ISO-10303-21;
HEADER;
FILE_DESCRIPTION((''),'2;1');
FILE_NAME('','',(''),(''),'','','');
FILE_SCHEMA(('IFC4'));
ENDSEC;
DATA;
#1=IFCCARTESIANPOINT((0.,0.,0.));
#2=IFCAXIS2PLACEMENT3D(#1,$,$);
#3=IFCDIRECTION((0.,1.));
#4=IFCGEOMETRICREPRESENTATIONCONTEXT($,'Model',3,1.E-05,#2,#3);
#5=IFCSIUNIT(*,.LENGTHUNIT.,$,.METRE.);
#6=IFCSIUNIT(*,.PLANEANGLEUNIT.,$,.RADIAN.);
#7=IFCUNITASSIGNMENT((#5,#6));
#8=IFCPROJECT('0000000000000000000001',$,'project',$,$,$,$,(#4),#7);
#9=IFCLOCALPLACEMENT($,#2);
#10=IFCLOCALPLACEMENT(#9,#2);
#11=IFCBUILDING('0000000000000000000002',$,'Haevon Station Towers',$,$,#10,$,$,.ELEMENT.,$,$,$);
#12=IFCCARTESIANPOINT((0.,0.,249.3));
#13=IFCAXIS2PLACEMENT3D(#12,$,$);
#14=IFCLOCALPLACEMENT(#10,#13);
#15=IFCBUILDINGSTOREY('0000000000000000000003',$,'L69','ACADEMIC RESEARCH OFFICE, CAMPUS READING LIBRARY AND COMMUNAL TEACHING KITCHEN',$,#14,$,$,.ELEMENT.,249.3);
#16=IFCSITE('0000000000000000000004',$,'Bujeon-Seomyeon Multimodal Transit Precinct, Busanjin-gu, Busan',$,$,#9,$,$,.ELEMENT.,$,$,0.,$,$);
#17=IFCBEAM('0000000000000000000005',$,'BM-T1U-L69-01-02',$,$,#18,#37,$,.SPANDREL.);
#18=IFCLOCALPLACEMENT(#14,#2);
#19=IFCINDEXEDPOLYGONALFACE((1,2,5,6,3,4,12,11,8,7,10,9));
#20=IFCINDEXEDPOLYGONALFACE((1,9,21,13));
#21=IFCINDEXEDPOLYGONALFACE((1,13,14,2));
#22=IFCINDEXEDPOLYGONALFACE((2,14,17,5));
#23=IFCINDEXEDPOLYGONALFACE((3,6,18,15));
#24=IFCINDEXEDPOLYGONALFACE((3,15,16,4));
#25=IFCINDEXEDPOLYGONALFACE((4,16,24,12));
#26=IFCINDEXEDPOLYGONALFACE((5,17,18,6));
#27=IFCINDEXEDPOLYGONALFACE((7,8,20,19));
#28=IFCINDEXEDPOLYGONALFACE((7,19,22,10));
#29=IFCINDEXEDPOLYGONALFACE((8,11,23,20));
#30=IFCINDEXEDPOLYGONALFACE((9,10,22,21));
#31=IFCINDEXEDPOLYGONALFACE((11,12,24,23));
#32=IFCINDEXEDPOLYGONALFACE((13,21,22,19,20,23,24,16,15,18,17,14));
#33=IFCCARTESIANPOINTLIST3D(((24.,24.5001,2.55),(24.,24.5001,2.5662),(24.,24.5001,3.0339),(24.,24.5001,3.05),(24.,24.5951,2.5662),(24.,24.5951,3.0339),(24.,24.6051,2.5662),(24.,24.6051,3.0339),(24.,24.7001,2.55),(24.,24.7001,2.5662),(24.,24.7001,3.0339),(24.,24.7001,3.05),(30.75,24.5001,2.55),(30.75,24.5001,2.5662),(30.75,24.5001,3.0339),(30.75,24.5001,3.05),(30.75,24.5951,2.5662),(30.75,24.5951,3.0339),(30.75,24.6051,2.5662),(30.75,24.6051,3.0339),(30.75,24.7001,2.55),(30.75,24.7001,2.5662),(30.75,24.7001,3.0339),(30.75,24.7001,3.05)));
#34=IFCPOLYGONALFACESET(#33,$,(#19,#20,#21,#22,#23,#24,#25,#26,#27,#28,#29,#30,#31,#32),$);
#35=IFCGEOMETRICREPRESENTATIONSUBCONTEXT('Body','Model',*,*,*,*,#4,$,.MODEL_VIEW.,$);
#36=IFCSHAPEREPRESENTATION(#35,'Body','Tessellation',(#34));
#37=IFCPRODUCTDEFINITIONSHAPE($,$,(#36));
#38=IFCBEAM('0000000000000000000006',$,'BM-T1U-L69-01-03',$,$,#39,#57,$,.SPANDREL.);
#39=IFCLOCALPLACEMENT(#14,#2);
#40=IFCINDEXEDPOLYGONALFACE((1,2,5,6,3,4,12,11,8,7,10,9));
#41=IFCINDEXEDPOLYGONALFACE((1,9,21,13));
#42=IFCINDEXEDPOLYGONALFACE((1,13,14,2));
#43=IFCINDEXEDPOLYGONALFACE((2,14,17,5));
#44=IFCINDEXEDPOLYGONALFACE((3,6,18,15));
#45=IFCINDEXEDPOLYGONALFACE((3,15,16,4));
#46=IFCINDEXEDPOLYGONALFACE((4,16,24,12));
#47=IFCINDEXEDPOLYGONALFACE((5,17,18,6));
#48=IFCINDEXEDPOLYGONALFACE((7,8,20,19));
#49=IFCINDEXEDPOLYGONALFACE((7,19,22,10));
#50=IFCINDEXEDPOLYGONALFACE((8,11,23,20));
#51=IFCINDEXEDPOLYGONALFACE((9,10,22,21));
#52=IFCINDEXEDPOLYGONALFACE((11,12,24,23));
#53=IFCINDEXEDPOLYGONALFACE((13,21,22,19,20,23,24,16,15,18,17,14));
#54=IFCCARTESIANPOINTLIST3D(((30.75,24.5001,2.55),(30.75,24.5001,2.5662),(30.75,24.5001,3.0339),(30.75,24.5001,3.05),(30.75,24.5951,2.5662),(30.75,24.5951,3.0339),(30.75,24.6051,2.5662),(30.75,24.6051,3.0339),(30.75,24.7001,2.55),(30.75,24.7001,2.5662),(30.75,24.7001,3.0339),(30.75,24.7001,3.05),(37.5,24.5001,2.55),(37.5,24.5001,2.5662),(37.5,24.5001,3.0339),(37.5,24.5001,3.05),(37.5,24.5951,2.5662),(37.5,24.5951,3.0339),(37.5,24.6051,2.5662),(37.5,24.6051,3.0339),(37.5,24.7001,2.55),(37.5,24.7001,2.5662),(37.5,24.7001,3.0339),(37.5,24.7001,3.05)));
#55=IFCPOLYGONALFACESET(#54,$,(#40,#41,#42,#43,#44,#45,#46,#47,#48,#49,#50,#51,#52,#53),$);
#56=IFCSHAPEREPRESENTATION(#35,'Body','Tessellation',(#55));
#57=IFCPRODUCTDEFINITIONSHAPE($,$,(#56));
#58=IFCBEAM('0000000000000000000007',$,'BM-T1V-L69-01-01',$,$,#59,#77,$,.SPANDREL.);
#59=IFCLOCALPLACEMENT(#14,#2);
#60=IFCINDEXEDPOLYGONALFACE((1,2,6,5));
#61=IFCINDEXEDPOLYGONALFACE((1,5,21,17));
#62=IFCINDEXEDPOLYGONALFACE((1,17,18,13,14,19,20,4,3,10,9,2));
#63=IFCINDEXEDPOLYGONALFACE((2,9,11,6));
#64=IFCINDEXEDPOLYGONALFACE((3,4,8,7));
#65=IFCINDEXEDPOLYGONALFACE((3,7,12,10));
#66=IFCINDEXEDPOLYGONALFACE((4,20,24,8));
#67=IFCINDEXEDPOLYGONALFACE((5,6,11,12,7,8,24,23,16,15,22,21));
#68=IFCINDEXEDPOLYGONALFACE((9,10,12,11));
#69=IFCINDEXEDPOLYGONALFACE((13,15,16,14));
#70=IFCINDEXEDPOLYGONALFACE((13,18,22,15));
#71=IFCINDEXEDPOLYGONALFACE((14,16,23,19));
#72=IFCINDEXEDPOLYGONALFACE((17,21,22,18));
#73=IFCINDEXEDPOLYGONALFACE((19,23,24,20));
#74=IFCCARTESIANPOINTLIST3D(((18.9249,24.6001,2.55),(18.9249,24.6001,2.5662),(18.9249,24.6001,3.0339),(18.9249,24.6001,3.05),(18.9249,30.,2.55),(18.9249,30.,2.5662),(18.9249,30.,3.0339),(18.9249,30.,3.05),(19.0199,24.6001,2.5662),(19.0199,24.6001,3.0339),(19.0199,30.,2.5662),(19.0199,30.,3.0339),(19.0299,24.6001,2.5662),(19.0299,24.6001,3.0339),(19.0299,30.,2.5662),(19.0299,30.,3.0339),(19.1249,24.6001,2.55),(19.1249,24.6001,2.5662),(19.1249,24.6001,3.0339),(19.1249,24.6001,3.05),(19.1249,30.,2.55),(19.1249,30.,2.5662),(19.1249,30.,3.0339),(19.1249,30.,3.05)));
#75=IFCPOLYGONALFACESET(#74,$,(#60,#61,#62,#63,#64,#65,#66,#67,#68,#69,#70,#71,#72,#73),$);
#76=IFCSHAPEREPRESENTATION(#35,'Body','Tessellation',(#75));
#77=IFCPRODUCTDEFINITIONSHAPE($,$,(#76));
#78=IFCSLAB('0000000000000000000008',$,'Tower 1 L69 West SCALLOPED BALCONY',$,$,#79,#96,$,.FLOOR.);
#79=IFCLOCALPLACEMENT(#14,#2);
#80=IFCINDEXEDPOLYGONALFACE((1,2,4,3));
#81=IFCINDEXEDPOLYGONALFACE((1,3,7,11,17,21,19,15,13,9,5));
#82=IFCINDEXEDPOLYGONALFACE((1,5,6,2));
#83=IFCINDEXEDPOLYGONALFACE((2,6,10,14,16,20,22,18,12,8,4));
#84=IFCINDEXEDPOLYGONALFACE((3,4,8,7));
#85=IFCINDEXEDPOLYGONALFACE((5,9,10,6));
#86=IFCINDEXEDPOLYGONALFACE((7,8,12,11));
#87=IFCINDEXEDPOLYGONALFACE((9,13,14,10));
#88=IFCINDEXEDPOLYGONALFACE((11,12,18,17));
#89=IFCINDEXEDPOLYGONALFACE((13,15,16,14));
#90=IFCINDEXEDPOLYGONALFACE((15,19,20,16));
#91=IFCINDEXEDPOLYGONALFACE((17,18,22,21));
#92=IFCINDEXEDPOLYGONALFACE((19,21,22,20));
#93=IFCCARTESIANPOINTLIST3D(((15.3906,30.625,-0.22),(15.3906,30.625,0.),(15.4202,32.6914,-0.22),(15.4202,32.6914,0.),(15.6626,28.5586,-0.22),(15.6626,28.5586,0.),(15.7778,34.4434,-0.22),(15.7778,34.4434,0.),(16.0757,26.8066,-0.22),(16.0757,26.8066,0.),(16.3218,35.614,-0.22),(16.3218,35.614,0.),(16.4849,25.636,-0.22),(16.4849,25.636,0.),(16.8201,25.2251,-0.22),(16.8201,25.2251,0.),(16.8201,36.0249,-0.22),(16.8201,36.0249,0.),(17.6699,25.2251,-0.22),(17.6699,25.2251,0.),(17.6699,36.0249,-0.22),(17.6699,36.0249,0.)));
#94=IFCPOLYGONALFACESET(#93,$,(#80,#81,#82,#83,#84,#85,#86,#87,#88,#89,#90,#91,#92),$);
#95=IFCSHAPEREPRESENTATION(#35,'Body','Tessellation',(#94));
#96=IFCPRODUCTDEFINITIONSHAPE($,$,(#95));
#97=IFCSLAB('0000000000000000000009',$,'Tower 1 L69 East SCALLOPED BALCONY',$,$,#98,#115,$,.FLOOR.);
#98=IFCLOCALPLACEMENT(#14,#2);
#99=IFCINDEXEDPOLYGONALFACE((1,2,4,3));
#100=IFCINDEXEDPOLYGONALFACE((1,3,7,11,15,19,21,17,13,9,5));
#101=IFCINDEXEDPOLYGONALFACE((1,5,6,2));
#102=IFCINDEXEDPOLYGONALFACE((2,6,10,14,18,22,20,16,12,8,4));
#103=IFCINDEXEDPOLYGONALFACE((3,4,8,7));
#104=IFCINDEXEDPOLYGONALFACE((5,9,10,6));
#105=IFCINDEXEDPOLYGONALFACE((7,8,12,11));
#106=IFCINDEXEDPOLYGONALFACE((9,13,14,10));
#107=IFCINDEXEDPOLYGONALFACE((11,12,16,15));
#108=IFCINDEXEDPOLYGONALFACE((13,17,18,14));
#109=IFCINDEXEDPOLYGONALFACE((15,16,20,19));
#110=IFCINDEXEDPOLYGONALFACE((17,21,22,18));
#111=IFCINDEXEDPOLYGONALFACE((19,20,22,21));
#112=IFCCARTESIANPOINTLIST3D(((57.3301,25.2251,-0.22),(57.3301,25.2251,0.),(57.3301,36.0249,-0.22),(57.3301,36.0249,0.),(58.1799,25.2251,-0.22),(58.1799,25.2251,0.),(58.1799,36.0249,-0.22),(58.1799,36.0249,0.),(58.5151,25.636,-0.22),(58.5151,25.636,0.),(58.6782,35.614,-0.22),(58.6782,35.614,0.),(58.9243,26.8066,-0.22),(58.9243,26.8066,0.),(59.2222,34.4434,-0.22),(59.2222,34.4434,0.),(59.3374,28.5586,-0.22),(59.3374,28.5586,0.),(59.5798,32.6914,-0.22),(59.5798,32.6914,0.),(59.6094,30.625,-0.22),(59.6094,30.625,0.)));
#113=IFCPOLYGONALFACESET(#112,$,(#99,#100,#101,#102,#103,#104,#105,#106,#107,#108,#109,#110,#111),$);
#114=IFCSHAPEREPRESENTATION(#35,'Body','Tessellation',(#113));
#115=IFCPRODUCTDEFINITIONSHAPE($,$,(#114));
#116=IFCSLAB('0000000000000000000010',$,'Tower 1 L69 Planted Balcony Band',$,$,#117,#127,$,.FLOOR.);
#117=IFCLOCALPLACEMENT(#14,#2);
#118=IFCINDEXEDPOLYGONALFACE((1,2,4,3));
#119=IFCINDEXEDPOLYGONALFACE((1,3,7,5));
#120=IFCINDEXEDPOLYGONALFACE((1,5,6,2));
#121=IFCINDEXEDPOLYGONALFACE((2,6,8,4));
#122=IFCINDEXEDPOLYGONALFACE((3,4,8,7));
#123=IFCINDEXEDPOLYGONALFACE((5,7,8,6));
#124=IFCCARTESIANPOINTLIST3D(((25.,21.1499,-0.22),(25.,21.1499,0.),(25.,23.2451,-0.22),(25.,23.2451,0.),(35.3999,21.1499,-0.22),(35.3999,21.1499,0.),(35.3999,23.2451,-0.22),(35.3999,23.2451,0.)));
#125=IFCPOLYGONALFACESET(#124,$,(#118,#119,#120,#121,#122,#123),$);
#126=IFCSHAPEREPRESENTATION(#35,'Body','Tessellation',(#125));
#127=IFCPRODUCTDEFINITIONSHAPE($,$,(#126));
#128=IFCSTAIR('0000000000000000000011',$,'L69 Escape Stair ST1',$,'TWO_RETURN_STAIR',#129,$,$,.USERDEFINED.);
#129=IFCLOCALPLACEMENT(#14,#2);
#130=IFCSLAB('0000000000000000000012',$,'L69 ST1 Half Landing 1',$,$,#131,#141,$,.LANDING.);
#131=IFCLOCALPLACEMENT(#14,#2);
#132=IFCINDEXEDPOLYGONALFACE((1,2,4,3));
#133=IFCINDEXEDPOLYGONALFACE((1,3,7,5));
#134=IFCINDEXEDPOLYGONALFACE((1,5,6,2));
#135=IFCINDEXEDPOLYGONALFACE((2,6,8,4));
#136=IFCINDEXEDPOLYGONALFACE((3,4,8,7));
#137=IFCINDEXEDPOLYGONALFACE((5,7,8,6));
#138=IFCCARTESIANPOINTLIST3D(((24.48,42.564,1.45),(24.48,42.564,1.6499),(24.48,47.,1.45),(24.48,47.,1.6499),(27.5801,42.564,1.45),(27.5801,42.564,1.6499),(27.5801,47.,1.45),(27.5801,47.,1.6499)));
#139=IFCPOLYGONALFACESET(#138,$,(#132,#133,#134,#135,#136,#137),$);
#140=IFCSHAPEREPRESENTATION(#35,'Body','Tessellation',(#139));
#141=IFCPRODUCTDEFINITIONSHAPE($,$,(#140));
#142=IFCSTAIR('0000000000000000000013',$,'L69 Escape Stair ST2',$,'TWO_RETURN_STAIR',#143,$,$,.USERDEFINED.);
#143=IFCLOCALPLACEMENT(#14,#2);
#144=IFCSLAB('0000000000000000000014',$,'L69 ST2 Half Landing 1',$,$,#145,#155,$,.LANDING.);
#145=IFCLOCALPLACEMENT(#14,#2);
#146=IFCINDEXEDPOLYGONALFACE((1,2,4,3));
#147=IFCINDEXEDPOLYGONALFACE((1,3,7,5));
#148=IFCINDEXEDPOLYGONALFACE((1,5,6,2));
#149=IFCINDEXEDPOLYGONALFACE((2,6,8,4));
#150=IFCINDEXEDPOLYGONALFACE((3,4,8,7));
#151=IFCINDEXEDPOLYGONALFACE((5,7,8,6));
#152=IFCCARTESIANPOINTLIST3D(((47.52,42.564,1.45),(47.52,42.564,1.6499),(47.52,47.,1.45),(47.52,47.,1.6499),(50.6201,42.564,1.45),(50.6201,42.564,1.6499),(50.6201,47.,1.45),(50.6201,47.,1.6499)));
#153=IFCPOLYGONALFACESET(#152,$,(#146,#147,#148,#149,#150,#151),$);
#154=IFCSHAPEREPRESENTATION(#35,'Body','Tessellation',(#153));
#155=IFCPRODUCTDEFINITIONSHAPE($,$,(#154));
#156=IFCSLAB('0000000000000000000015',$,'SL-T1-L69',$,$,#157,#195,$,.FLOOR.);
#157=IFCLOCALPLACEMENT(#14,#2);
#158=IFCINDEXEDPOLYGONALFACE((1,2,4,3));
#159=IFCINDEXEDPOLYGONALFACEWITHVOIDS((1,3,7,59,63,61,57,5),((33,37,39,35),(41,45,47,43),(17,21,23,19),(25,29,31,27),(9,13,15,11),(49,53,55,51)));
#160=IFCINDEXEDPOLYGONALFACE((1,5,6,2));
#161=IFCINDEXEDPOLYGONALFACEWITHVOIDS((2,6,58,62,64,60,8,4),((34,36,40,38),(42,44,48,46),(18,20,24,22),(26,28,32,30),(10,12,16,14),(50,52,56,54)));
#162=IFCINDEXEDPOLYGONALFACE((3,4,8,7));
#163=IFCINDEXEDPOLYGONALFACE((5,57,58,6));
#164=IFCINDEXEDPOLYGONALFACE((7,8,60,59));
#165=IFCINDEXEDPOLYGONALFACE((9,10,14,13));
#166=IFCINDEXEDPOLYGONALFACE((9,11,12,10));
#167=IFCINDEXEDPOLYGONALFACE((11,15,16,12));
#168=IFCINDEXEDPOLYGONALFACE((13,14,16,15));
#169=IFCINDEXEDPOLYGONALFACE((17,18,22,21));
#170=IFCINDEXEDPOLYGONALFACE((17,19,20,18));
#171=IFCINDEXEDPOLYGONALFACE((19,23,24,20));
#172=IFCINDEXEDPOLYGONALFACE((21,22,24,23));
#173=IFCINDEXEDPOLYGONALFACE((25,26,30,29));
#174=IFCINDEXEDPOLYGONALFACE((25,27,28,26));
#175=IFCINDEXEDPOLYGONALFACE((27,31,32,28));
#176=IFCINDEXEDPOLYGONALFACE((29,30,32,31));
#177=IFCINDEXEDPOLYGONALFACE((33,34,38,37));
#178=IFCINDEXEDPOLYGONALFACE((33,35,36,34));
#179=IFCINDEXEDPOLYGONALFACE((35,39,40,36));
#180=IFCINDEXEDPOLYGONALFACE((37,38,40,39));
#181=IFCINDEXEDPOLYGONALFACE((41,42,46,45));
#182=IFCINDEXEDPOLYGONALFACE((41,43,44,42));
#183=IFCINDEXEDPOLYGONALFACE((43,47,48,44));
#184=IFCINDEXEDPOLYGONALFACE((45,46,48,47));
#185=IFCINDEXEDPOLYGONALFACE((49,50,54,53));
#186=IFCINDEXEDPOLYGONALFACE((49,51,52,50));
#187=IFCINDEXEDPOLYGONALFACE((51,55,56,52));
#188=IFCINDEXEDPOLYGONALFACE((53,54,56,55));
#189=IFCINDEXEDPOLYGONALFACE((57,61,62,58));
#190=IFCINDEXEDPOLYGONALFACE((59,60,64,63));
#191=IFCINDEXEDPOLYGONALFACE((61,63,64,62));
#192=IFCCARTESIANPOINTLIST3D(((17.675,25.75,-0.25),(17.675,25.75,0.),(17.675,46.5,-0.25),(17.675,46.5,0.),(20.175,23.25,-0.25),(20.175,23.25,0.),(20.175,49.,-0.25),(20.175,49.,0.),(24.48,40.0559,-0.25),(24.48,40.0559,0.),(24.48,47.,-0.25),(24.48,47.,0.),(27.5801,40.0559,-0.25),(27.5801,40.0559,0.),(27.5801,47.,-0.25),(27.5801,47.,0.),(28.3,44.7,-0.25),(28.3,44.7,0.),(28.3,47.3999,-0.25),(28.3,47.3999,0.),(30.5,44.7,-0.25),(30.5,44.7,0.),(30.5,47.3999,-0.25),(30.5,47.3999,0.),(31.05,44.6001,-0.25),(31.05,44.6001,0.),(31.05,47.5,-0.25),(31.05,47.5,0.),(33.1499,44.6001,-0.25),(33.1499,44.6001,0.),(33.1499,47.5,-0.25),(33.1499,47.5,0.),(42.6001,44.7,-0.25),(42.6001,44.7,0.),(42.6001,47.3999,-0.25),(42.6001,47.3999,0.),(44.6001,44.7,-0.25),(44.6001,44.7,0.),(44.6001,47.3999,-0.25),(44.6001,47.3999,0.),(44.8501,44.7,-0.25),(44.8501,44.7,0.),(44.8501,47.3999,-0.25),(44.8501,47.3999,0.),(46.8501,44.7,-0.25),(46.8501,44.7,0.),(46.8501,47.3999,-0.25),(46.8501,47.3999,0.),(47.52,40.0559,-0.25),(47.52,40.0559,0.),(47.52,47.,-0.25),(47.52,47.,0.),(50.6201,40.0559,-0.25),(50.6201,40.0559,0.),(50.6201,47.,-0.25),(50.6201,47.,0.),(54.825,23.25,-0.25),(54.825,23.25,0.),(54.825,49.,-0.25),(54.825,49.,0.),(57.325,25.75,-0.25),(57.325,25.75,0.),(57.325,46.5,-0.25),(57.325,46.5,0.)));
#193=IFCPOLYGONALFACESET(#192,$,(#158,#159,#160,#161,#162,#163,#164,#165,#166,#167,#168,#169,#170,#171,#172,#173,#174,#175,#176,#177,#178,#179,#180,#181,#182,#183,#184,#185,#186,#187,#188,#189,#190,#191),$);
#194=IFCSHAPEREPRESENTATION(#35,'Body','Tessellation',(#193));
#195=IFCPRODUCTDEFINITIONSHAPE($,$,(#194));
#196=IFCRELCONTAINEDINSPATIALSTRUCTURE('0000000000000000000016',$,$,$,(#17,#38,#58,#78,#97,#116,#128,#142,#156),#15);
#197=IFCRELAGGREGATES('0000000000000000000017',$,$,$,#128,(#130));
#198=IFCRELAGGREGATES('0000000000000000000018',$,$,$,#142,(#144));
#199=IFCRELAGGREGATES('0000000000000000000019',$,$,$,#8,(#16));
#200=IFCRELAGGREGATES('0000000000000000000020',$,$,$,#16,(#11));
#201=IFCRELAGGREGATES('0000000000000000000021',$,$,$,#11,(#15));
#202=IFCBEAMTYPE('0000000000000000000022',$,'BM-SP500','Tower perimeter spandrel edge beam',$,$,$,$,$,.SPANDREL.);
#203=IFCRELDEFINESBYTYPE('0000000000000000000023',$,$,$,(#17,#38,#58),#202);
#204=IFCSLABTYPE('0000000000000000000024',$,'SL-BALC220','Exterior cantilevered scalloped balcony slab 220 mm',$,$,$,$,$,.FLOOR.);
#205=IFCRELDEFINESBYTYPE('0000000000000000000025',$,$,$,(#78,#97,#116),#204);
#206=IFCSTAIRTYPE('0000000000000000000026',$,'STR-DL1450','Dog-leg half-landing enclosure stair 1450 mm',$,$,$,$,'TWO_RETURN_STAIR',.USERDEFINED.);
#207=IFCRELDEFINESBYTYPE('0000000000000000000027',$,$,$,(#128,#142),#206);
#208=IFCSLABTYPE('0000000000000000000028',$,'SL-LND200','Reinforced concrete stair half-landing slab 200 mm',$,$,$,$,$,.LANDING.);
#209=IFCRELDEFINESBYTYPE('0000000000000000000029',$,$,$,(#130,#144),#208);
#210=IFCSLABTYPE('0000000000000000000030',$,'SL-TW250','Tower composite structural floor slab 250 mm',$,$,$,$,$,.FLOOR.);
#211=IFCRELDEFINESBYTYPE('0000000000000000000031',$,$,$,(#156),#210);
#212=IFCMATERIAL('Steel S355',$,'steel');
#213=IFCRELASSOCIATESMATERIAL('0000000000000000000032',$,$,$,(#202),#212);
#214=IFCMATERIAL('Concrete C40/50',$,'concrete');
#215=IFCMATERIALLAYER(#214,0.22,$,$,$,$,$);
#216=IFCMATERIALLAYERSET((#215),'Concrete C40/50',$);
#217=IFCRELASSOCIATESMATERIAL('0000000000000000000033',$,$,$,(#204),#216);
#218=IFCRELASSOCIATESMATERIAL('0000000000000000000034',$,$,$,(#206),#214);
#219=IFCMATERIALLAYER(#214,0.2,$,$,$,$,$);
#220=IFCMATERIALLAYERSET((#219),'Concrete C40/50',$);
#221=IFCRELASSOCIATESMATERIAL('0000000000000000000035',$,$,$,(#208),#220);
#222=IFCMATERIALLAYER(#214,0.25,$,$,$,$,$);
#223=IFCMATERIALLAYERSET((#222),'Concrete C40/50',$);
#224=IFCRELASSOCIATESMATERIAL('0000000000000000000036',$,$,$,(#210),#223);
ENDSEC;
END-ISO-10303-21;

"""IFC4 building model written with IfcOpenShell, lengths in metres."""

from ifc_helpers import new_model, si_unit, direction, frame, origin, origin_2d, place, context, subcontext, project, spatial, polyline, i_section, outline, extrude, material, layer, layer_set, material_profile, profile_set, type_object, element, aggregate, save


model = new_model("IFC4")

# Units and contexts
model_context = context("Model", 3, precision=1e-05, world=origin(), true_north=direction((0.0, 1.0)))
body_context = subcontext(model_context, "Body", "Model", "MODEL_VIEW")
ifc_project = project(units=[si_unit("LENGTHUNIT", "METRE"), si_unit("PLANEANGLEUNIT", "RADIAN")], contexts=[model_context])

# Site, building, storey
site_placement = place(None, origin())
site = spatial("IfcSite", under=ifc_project, at=site_placement, Name="Bujeon-Seomyeon Multimodal Transit Precinct, Busanjin-gu, Busan", CompositionType="ELEMENT", RefElevation=0.0)
building_placement = place(site_placement, origin())
building = spatial("IfcBuilding", under=site, at=building_placement, Name="Haevon Station Towers", CompositionType="ELEMENT")
storey_placement = place(building_placement, frame((0.0, 0.0, 249.3)))
storey = spatial("IfcBuildingStorey", under=building, at=storey_placement, Name="L69", Description="ACADEMIC RESEARCH OFFICE, CAMPUS READING LIBRARY AND COMMUNAL TEACHING KITCHEN", CompositionType="ELEMENT", Elevation=249.3)

# Shared definitions
ifc_material_1 = material(Name="Steel S355", Category="steel")

# Beams
ifc_material_profile_1 = material_profile(ifc_material_1, i_section(OverallWidth=0.2, OverallDepth=0.5, WebThickness=0.01, FlangeThickness=0.0161, at=origin_2d()), Name="H-500x200x10x16")
ifc_profile_set_1 = profile_set([ifc_material_profile_1], Name="Steel S355")
beam_type_1 = type_object("IfcBeamType", Name="BM-SP500", Description="Tower perimeter spandrel edge beam", PredefinedType="SPANDREL", material=ifc_profile_set_1)
for number, where, z_axis, x_axis, name in (
    (1, (24.0, 24.6001, 2.8), (1.0, 0.0, 0.0), (0.0, 1.0, 0.0), "BM-T1U-L69-01-02"),
    (2, (30.75, 24.6001, 2.8), (1.0, 0.0, 0.0), (0.0, 1.0, 0.0), "BM-T1U-L69-01-03"),
):
    element("IfcBeam", number, at=place(storey_placement, frame(where, z_axis=z_axis, x_axis=x_axis)), inside=storey, type_object=beam_type_1, Name=name, PredefinedType="SPANDREL", context=body_context, shape_type="SweptSolid", body=[
        extrude(i_section(OverallWidth=0.2, OverallDepth=0.5, WebThickness=0.01, FlangeThickness=0.0161, at=origin_2d()), origin(), (0.0, 0.0, 1.0), 6.75),
    ])
beam_1_placement = place(storey_placement, frame((19.0249, 24.6001, 2.8), z_axis=(0.0, 1.0, 0.0), x_axis=(-1.0, 0.0, 0.0)))
element("IfcBeam", 3, at=beam_1_placement, inside=storey, type_object=beam_type_1, Name="BM-T1V-L69-01-01", PredefinedType="SPANDREL", context=body_context, shape_type="SweptSolid", body=[
    extrude(i_section(OverallWidth=0.2, OverallDepth=0.5, WebThickness=0.01, FlangeThickness=0.0161, at=origin_2d()), origin(), (0.0, 0.0, 1.0), 5.3999),
])

# Slabs
ifc_material_2 = material(Name="Concrete C40/50", Category="concrete")
ifc_layer_1 = layer(ifc_material_2, 0.22)
ifc_layer_set_1 = layer_set([ifc_layer_1], Name="Concrete C40/50")
slab_type_1 = type_object("IfcSlabType", Name="SL-BALC220", Description="Exterior cantilevered scalloped balcony slab 220 mm", PredefinedType="FLOOR", material=ifc_layer_set_1)
slab_1_placement = place(storey_placement, frame((0.0, 0.0, -0.22)))
element("IfcSlab", 4, at=slab_1_placement, inside=storey, type_object=slab_type_1, Name="Tower 1 L69 West SCALLOPED BALCONY", PredefinedType="FLOOR", context=body_context, shape_type="SweptSolid", body=[
    extrude(outline(polyline([(17.6699, 36.0249), (16.8201, 36.0249), (16.3218, 35.614), (15.7778, 34.4434), (15.4202, 32.6914), (15.3906, 30.625), (15.6626, 28.5586), (16.0757, 26.8066), (16.4849, 25.636), (16.8201, 25.2251), (17.6699, 25.2251), (17.6699, 36.0249)])), origin(), (0.0, 0.0, 1.0), 0.22),
])
slab_2_placement = place(storey_placement, frame((0.0, 0.0, -0.22)))
element("IfcSlab", 5, at=slab_2_placement, inside=storey, type_object=slab_type_1, Name="Tower 1 L69 East SCALLOPED BALCONY", PredefinedType="FLOOR", context=body_context, shape_type="SweptSolid", body=[
    extrude(outline(polyline([(57.3301, 25.2251), (58.1799, 25.2251), (58.5151, 25.636), (58.9243, 26.8066), (59.3374, 28.5586), (59.6094, 30.625), (59.5798, 32.6914), (59.2222, 34.4434), (58.6782, 35.614), (58.1799, 36.0249), (57.3301, 36.0249), (57.3301, 25.2251)])), origin(), (0.0, 0.0, 1.0), 0.22),
])
slab_3_placement = place(storey_placement, frame((0.0, 0.0, -0.22)))
element("IfcSlab", 6, at=slab_3_placement, inside=storey, type_object=slab_type_1, Name="Tower 1 L69 Planted Balcony Band", PredefinedType="FLOOR", context=body_context, shape_type="SweptSolid", body=[
    extrude(outline(polyline([(25.0, 21.1499), (35.3999, 21.1499), (35.3999, 23.2451), (25.0, 23.2451), (25.0, 21.1499)])), origin(), (0.0, 0.0, 1.0), 0.22),
])

# Stairs, slabs
stair_type = type_object("IfcStairType", Name="STR-DL1450", Description="Dog-leg half-landing enclosure stair 1450 mm", ElementType="TWO_RETURN_STAIR", PredefinedType="USERDEFINED", material=ifc_material_2)
stair_1_placement = place(storey_placement, origin())
stair_1 = element("IfcStair", 7, at=stair_1_placement, inside=storey, type_object=stair_type, Name="L69 Escape Stair ST1", ObjectType="TWO_RETURN_STAIR", PredefinedType="USERDEFINED")
ifc_layer_2 = layer(ifc_material_2, 0.2)
ifc_layer_set_2 = layer_set([ifc_layer_2], Name="Concrete C40/50")
slab_type_2 = type_object("IfcSlabType", Name="SL-LND200", Description="Reinforced concrete stair half-landing slab 200 mm", PredefinedType="LANDING", material=ifc_layer_set_2)
slab_4_placement = place(storey_placement, frame((0.0, 0.0, 1.45)))
slab_4 = element("IfcSlab", 8, at=slab_4_placement, type_object=slab_type_2, Name="L69 ST1 Half Landing 1", PredefinedType="LANDING", context=body_context, shape_type="SweptSolid", body=[
    extrude(outline(polyline([(27.5801, 42.564), (27.5801, 47.0), (24.48, 47.0), (24.48, 42.564), (27.5801, 42.564)])), origin(), (0.0, 0.0, 1.0), 0.2),
])
aggregate(stair_1, [slab_4])
stair_2_placement = place(storey_placement, origin())
stair_2 = element("IfcStair", 9, at=stair_2_placement, inside=storey, type_object=stair_type, Name="L69 Escape Stair ST2", ObjectType="TWO_RETURN_STAIR", PredefinedType="USERDEFINED")
slab_5_placement = place(storey_placement, frame((0.0, 0.0, 1.45)))
slab_5 = element("IfcSlab", 10, at=slab_5_placement, type_object=slab_type_2, Name="L69 ST2 Half Landing 1", PredefinedType="LANDING", context=body_context, shape_type="SweptSolid", body=[
    extrude(outline(polyline([(50.6201, 42.564), (50.6201, 47.0), (47.52, 47.0), (47.52, 42.564), (50.6201, 42.564)])), origin(), (0.0, 0.0, 1.0), 0.2),
])
aggregate(stair_2, [slab_5])

# Slab
ifc_layer_3 = layer(ifc_material_2, 0.25)
ifc_layer_set_3 = layer_set([ifc_layer_3], Name="Concrete C40/50")
slab_type_3 = type_object("IfcSlabType", Name="SL-TW250", Description="Tower composite structural floor slab 250 mm", PredefinedType="FLOOR", material=ifc_layer_set_3)
slab_6_placement = place(storey_placement, frame((0.0, 0.0, -0.25)))
element("IfcSlab", 11, at=slab_6_placement, inside=storey, type_object=slab_type_3, Name="SL-T1-L69", PredefinedType="FLOOR", context=body_context, shape_type="SweptSolid", body=[
    extrude(outline(polyline([(20.175, 23.25), (54.825, 23.25), (57.325, 25.75), (57.325, 46.5), (54.825, 49.0), (20.175, 49.0), (17.675, 46.5), (17.675, 25.75), (20.175, 23.25)]), holes=[polyline([(27.5801, 40.0559), (27.5801, 47.0), (24.48, 47.0), (24.48, 40.0559), (27.5801, 40.0559)]), polyline([(50.6201, 40.0559), (50.6201, 47.0), (47.52, 47.0), (47.52, 40.0559), (50.6201, 40.0559)]), polyline([(28.3, 44.7), (30.5, 44.7), (30.5, 47.3999), (28.3, 47.3999), (28.3, 44.7)]), polyline([(31.05, 44.6001), (33.1499, 44.6001), (33.1499, 47.5), (31.05, 47.5), (31.05, 44.6001)]), polyline([(42.6001, 44.7), (44.6001, 44.7), (44.6001, 47.3999), (42.6001, 47.3999), (42.6001, 44.7)]), polyline([(44.8501, 44.7), (46.8501, 44.7), (46.8501, 47.3999), (44.8501, 47.3999), (44.8501, 44.7)])]), origin(), (0.0, 0.0, 1.0), 0.25),
])

save(model, "model.ifc")
